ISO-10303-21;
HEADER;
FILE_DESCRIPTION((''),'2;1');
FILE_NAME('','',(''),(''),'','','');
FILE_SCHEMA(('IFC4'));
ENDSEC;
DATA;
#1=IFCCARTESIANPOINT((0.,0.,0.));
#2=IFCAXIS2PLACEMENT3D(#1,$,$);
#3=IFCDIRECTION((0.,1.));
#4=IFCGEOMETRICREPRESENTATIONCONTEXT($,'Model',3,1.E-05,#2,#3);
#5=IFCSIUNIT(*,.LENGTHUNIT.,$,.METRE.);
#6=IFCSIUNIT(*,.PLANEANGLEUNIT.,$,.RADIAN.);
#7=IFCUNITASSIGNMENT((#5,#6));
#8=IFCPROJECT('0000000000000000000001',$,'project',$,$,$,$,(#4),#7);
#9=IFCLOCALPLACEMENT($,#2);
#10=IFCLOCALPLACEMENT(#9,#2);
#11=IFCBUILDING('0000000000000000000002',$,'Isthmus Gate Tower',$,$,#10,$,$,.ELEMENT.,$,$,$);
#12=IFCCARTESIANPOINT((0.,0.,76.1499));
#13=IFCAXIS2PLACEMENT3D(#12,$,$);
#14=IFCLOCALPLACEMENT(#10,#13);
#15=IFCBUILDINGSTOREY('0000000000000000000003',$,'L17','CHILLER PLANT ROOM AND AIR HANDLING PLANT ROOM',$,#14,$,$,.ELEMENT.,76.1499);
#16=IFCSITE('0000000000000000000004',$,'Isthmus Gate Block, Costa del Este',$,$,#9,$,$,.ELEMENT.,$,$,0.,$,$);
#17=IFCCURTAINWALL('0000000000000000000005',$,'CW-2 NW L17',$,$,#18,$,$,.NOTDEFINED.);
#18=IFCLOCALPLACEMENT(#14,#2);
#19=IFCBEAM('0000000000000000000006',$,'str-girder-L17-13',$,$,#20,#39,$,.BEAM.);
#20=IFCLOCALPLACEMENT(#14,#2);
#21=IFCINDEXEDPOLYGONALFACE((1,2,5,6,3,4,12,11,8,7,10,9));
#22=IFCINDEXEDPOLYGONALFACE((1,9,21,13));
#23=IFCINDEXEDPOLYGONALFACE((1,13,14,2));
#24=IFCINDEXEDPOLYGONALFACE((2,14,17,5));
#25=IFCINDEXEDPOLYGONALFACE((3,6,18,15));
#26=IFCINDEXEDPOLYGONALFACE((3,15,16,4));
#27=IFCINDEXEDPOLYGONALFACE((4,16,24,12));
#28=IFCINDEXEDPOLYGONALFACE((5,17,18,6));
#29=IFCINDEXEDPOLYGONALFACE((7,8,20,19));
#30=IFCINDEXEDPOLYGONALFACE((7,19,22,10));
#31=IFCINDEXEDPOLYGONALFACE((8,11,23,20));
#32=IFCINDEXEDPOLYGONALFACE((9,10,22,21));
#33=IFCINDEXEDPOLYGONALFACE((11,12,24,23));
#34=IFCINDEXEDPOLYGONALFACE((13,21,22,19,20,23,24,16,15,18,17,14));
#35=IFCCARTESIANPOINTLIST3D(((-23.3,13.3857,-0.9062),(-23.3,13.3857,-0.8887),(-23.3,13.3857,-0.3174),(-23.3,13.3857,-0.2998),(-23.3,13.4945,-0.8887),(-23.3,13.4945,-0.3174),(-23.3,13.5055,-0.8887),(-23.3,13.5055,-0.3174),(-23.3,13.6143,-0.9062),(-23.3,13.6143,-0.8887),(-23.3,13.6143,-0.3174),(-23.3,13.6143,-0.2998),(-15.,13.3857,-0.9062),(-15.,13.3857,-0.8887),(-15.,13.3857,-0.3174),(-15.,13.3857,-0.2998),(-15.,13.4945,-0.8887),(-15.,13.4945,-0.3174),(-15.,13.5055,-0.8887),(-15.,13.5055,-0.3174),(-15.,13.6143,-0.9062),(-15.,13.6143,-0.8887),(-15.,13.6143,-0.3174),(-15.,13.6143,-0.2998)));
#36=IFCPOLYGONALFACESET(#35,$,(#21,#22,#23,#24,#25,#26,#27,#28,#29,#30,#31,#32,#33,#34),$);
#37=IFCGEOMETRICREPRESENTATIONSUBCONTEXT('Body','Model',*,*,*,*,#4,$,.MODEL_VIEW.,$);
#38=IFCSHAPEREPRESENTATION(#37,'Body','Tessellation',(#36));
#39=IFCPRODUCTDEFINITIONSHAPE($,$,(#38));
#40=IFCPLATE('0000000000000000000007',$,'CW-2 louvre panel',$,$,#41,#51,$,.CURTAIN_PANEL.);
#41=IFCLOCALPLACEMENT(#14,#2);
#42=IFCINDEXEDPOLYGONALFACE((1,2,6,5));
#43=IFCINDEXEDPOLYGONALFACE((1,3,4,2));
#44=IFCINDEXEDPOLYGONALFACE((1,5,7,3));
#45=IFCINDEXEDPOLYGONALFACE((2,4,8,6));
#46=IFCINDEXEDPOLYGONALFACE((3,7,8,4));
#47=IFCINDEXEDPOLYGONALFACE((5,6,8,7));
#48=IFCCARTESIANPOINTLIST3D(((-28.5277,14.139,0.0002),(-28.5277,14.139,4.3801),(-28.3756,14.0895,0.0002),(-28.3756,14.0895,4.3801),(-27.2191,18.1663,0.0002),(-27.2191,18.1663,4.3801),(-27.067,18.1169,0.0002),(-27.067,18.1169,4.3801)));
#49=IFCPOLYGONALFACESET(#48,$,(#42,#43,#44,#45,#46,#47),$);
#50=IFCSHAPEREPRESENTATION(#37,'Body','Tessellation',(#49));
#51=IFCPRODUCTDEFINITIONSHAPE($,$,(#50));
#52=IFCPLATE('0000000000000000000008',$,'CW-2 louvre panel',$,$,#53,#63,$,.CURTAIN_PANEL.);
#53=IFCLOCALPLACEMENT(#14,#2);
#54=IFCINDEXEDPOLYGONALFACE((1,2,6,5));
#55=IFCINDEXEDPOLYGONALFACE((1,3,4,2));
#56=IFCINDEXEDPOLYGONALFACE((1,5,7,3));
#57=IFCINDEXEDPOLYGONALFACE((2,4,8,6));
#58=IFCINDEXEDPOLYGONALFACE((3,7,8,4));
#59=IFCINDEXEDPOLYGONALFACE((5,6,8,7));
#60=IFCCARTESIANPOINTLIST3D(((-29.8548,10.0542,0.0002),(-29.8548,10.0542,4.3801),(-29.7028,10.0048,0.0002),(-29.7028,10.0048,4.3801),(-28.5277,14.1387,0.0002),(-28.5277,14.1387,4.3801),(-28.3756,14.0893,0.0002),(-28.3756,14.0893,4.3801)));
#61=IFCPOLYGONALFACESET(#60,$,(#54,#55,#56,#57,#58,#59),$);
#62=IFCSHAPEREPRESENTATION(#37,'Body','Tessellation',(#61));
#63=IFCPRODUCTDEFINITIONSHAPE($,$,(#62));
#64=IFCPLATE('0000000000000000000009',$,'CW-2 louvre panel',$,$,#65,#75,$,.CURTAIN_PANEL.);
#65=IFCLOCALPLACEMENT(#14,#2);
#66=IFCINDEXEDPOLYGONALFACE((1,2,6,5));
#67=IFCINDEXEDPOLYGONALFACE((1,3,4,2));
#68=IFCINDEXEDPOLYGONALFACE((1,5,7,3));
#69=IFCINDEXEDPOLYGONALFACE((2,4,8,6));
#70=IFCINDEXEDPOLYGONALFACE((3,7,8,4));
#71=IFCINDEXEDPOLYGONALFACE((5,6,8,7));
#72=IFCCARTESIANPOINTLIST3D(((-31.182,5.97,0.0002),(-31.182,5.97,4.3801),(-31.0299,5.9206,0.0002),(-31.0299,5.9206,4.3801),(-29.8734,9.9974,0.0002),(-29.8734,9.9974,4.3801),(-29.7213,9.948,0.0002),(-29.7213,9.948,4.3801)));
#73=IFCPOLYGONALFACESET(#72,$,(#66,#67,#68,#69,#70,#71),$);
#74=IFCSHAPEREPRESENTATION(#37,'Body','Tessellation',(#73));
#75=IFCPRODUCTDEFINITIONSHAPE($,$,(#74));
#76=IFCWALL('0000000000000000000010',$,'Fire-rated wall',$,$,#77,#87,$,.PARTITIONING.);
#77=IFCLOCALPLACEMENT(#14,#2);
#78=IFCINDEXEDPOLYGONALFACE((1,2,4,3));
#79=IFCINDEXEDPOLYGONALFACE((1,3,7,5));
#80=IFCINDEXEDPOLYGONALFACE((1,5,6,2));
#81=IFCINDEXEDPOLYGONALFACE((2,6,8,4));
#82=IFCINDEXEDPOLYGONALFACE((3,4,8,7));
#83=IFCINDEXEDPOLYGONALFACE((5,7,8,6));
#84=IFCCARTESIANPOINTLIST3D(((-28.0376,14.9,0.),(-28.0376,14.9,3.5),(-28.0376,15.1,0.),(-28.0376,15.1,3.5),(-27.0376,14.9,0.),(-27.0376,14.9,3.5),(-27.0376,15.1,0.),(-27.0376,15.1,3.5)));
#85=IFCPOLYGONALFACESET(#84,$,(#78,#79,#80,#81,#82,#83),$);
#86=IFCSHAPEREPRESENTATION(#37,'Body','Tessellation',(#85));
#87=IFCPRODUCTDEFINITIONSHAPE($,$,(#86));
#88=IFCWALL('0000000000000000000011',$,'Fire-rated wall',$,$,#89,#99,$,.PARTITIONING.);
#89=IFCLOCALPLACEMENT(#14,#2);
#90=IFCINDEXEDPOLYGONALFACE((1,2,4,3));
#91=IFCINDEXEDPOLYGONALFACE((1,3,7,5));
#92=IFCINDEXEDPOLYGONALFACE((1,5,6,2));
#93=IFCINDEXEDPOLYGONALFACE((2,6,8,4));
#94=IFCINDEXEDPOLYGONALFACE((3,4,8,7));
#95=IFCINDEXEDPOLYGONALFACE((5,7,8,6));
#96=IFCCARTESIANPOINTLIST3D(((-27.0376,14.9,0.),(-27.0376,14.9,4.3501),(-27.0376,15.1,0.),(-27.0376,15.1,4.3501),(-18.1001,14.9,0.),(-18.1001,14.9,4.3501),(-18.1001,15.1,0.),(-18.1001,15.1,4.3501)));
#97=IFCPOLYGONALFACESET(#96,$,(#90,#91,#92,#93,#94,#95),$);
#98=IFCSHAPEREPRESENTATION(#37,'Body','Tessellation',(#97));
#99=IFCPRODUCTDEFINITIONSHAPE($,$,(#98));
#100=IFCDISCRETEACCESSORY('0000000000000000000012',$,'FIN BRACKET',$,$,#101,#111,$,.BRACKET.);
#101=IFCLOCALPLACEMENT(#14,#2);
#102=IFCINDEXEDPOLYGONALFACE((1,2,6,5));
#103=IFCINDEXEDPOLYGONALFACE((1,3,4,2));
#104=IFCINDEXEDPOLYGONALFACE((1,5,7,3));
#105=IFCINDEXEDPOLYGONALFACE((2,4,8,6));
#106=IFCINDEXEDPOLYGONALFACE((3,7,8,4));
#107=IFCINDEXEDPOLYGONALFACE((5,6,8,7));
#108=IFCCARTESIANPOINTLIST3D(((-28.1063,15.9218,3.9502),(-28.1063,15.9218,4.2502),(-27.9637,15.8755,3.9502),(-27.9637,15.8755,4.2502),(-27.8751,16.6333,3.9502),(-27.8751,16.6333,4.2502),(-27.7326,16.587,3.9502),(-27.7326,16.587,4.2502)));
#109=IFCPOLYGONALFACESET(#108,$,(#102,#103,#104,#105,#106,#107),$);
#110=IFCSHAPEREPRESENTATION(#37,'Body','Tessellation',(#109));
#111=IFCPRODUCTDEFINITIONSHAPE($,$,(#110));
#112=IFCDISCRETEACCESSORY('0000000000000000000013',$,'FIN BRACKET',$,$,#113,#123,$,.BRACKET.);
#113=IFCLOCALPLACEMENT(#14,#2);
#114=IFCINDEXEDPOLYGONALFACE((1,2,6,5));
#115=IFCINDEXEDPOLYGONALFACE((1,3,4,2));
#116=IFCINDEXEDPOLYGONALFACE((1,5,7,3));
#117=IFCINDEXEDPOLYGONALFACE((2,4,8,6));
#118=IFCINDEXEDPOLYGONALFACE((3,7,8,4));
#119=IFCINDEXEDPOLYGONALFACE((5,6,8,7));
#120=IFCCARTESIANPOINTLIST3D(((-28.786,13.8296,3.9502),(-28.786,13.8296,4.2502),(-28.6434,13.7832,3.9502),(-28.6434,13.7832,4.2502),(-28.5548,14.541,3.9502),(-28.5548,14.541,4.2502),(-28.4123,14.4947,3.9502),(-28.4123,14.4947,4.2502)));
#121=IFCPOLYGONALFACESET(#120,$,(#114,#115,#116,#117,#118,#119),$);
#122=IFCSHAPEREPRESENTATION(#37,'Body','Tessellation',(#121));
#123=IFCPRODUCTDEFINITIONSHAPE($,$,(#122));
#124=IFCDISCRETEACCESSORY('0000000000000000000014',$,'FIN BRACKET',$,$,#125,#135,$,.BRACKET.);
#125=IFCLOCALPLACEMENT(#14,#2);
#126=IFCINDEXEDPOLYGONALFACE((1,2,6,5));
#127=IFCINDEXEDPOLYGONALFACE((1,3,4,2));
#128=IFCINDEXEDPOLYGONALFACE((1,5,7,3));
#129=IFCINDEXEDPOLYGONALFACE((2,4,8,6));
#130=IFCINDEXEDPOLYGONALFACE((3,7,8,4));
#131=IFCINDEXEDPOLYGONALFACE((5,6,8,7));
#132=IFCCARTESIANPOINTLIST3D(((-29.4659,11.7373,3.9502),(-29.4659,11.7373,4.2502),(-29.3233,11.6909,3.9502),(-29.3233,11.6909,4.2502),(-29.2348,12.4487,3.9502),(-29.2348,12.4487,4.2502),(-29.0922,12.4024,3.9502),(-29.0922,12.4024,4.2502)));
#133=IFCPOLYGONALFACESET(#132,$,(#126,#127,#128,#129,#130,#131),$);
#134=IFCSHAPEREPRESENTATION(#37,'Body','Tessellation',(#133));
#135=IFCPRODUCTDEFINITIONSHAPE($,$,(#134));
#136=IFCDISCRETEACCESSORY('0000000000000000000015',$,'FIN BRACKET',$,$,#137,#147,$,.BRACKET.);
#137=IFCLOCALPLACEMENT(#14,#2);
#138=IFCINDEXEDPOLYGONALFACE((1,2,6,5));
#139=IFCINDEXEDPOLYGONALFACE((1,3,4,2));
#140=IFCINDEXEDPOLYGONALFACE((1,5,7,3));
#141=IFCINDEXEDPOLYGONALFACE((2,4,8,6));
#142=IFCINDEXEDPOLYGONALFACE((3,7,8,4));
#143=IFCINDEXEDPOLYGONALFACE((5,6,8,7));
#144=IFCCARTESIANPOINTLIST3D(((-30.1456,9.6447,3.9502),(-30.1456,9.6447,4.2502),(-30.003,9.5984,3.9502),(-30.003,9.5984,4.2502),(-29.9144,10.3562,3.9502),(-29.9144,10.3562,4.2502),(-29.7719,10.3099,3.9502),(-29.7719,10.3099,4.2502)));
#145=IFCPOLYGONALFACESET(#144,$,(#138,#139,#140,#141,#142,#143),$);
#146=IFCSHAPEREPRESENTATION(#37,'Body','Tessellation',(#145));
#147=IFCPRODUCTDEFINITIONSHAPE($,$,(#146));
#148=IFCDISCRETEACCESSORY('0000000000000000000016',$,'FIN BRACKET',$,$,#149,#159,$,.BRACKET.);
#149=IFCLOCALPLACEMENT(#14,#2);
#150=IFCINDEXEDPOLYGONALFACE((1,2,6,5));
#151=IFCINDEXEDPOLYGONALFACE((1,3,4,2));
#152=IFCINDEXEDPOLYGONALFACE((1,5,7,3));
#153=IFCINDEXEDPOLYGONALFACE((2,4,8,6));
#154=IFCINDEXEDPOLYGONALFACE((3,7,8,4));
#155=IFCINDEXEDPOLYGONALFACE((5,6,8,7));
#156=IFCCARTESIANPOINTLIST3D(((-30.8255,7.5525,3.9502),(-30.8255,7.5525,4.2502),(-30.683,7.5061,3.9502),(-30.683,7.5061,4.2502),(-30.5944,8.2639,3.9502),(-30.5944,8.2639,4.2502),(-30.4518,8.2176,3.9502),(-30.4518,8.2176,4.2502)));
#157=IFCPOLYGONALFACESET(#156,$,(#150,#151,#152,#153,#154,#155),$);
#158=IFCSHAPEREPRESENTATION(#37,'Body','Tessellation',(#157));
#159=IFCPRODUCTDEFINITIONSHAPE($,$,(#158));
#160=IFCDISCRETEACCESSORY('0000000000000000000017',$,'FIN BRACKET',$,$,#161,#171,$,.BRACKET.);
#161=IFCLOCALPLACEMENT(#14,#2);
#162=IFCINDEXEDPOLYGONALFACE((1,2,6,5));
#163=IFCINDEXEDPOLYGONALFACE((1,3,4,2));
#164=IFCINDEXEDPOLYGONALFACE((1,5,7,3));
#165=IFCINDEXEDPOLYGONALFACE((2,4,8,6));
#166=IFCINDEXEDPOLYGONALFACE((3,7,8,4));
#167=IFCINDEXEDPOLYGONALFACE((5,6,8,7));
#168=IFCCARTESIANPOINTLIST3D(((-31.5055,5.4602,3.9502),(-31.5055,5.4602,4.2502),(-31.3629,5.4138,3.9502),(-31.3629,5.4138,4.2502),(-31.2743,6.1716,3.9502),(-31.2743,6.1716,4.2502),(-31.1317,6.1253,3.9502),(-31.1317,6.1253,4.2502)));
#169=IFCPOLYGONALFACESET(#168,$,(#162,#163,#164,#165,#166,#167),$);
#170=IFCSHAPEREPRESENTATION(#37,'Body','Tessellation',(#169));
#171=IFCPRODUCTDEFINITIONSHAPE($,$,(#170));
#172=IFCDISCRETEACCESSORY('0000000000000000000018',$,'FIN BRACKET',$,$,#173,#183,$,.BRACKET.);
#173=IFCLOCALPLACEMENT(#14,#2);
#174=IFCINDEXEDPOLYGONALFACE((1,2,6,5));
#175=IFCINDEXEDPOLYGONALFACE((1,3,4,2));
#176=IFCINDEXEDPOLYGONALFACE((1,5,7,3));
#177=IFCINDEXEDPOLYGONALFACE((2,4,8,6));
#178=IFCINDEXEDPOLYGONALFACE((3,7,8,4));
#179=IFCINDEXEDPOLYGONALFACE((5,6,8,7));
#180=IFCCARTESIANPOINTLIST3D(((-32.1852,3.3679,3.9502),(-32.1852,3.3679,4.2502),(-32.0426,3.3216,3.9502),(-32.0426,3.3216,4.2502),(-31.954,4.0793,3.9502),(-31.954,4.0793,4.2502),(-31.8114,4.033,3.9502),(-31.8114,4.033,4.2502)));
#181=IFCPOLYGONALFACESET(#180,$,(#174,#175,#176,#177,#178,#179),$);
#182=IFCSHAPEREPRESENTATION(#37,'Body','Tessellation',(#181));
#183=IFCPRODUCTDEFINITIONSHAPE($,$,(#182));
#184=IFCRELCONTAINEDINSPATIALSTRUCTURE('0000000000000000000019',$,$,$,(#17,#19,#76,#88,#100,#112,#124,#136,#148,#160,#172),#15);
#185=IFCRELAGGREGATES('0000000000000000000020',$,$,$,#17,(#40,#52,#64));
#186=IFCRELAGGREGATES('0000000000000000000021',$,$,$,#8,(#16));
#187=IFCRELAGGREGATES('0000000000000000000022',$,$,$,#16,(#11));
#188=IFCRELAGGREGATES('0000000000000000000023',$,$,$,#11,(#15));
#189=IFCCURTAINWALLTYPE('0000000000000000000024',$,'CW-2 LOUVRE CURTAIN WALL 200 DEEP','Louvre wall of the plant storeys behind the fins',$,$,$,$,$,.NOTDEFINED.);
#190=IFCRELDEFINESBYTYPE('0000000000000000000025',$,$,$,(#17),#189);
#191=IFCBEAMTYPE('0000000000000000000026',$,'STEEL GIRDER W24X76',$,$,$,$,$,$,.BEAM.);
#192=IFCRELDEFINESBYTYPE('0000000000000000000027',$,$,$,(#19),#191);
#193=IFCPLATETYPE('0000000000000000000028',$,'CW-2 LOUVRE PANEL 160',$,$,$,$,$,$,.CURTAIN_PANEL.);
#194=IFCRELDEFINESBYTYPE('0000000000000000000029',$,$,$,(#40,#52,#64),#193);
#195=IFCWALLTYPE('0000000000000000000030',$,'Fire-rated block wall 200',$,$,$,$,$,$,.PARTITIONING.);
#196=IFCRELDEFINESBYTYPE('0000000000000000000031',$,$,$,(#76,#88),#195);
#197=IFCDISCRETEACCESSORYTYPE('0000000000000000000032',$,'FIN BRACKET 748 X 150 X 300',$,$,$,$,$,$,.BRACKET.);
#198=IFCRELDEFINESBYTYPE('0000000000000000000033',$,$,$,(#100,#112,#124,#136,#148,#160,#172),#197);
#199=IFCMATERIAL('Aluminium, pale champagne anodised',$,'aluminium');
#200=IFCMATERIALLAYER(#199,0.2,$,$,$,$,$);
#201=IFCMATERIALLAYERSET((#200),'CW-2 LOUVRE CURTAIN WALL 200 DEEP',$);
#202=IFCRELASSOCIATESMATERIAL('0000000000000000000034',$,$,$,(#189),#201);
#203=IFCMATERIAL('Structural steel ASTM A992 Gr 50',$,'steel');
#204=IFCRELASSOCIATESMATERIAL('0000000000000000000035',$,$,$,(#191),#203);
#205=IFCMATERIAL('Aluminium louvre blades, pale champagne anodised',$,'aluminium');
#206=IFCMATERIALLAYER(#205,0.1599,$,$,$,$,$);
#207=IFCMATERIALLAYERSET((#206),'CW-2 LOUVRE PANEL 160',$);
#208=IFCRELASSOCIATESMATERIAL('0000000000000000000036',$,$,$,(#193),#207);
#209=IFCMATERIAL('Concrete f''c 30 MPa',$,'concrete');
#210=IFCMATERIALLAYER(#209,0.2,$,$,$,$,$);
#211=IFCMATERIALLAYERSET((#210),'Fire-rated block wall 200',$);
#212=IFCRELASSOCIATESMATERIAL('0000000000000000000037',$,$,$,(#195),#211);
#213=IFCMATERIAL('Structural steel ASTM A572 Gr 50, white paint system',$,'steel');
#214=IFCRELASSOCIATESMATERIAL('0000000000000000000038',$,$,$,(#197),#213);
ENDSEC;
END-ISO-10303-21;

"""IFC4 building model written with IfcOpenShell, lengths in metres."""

from ifc_helpers import new_model, si_unit, direction, frame, frame_2d, origin, origin_2d, place, context, subcontext, project, spatial, rectangle, i_section, extrude, material, layer, layer_set, material_profile, profile_set, type_object, element, aggregate, save


model = new_model("IFC4")

# Units and contexts
model_context = context("Model", 3, precision=1e-05, world=origin(), true_north=direction((0.0, 1.0)))
body_context = subcontext(model_context, "Body", "Model", "MODEL_VIEW")
ifc_project = project(units=[si_unit("LENGTHUNIT", "METRE"), si_unit("PLANEANGLEUNIT", "RADIAN")], contexts=[model_context])

# Site, building, storey
site_placement = place(None, origin())
site = spatial("IfcSite", under=ifc_project, at=site_placement, Name="Isthmus Gate Block, Costa del Este", CompositionType="ELEMENT", RefElevation=0.0)
building_placement = place(site_placement, origin())
building = spatial("IfcBuilding", under=site, at=building_placement, Name="Isthmus Gate Tower", CompositionType="ELEMENT")
storey_placement = place(building_placement, frame((0.0, 0.0, 76.1499)))
storey = spatial("IfcBuildingStorey", under=building, at=storey_placement, Name="L17", Description="CHILLER PLANT ROOM AND AIR HANDLING PLANT ROOM", CompositionType="ELEMENT", Elevation=76.1499)

# Curtain wall
ifc_material_1 = material(Name="Aluminium, pale champagne anodised", Category="aluminium")
ifc_layer_1 = layer(ifc_material_1, 0.2)
ifc_layer_set_1 = layer_set([ifc_layer_1], Name="CW-2 LOUVRE CURTAIN WALL 200 DEEP")
curtain_wall_type = type_object("IfcCurtainWallType", Name="CW-2 LOUVRE CURTAIN WALL 200 DEEP", Description="Louvre wall of the plant storeys behind the fins", PredefinedType="NOTDEFINED", material=ifc_layer_set_1)
curtain_wall_placement = place(storey_placement, origin())
curtain_wall = element("IfcCurtainWall", 1, at=curtain_wall_placement, inside=storey, type_object=curtain_wall_type, Name="CW-2 NW L17", PredefinedType="NOTDEFINED")

# Beam
ifc_material_2 = material(Name="Structural steel ASTM A992 Gr 50", Category="steel")
ifc_material_profile_1 = material_profile(ifc_material_2, i_section(OverallWidth=0.2285, OverallDepth=0.6064, WebThickness=0.011, FlangeThickness=0.0176, at=origin_2d()), Name="W24X76")
ifc_profile_set_1 = profile_set([ifc_material_profile_1], Name="Structural steel ASTM A992 Gr 50")
beam_type_1 = type_object("IfcBeamType", Name="STEEL GIRDER W24X76", PredefinedType="BEAM", material=ifc_profile_set_1)
for number, where, z_axis, x_axis, name in (
    (2, (-23.3, 13.5, -0.603), (1.0, 0.0, 0.0), (0.0, 1.0, 0.0), "str-girder-L17-13"),
):
    element("IfcBeam", number, at=place(storey_placement, frame(where, z_axis=z_axis, x_axis=x_axis)), inside=storey, type_object=beam_type_1, Name=name, PredefinedType="BEAM", context=body_context, shape_type="SweptSolid", body=[
        extrude(i_section(OverallWidth=0.2285, OverallDepth=0.6064, WebThickness=0.011, FlangeThickness=0.0176, at=origin_2d()), origin(), (0.0, 0.0, 1.0), 8.3),
    ])

# Plates
ifc_material_3 = material(Name="Aluminium louvre blades, pale champagne anodised", Category="aluminium")
ifc_layer_2 = layer(ifc_material_3, 0.1599)
ifc_layer_set_2 = layer_set([ifc_layer_2], Name="CW-2 LOUVRE PANEL 160")
plate_type = type_object("IfcPlateType", Name="CW-2 LOUVRE PANEL 160", PredefinedType="CURTAIN_PANEL", material=ifc_layer_set_2)
plate_1_placement = place(storey_placement, frame((-27.7974, 16.1279, 0.0002), z_axis=(0.0, 0.0, 1.0), x_axis=(-0.309017, -0.951057, 0.0)))
plate_1 = element("IfcPlate", 3, at=plate_1_placement, type_object=plate_type, Name="CW-2 louvre panel", PredefinedType="CURTAIN_PANEL", context=body_context, shape_type="SweptSolid", body=[
    extrude(rectangle(XDim=4.2346, YDim=0.1599, at=origin_2d()), origin(), (0.0, 0.0, 1.0), 4.3799),
])
plate_2_placement = place(storey_placement, frame((-29.1152, 12.0718, 0.0002), z_axis=(0.0, 0.0, 1.0), x_axis=(-0.309017, -0.951057, 0.0)))
plate_2 = element("IfcPlate", 4, at=plate_2_placement, type_object=plate_type, Name="CW-2 louvre panel", PredefinedType="CURTAIN_PANEL", context=body_context, shape_type="SweptSolid", body=[
    extrude(rectangle(XDim=4.2947, YDim=0.1599, at=origin_2d()), origin(), (0.0, 0.0, 1.0), 4.3799),
])
plate_3_placement = place(storey_placement, frame((-30.4517, 7.959, 0.0002), z_axis=(0.0, 0.0, 1.0), x_axis=(-0.309017, -0.951057, 0.0)))
plate_3 = element("IfcPlate", 5, at=plate_3_placement, type_object=plate_type, Name="CW-2 louvre panel", PredefinedType="CURTAIN_PANEL", context=body_context, shape_type="SweptSolid", body=[
    extrude(rectangle(XDim=4.2346, YDim=0.1599, at=origin_2d()), origin(), (0.0, 0.0, 1.0), 4.3799),
])
aggregate(curtain_wall, [plate_1, plate_2, plate_3])

# Walls
ifc_material_4 = material(Name="Concrete f'c 30 MPa", Category="concrete")
ifc_layer_3 = layer(ifc_material_4, 0.2)
ifc_layer_set_3 = layer_set([ifc_layer_3], Name="Fire-rated block wall 200")
wall_type = type_object("IfcWallType", Name="Fire-rated block wall 200", PredefinedType="PARTITIONING", material=ifc_layer_set_3)
wall_1_placement = place(storey_placement, frame((-28.0376, 15.0, 0.0), z_axis=(0.0, 0.0, 1.0), x_axis=(1.0, 0.0, 0.0)))
element("IfcWall", 6, at=wall_1_placement, inside=storey, type_object=wall_type, Name="Fire-rated wall", PredefinedType="PARTITIONING", context=body_context, shape_type="SweptSolid", body=[
    extrude(rectangle(XDim=1.0, YDim=0.2, at=frame_2d((0.5, 0.0))), origin(), (0.0, 0.0, 1.0), 3.5),
])
wall_2_placement = place(storey_placement, frame((-27.0376, 15.0, 0.0), z_axis=(0.0, 0.0, 1.0), x_axis=(1.0, 0.0, 0.0)))
element("IfcWall", 7, at=wall_2_placement, inside=storey, type_object=wall_type, Name="Fire-rated wall", PredefinedType="PARTITIONING", context=body_context, shape_type="SweptSolid", body=[
    extrude(rectangle(XDim=8.9375, YDim=0.2, at=frame_2d((4.4688, 0.0))), origin(), (0.0, 0.0, 1.0), 4.3501),
])

# Discrete accessories
ifc_material_5 = material(Name="Structural steel ASTM A572 Gr 50, white paint system", Category="steel")
discrete_accessory_type = type_object("IfcDiscreteAccessoryType", Name="FIN BRACKET 748 X 150 X 300", PredefinedType="BRACKET", material=ifc_material_5)
for number, where, z_axis, x_axis, name in (
    (8, (-27.9194, 16.2544, 3.9502), (0.0, 0.0, 1.0), (-0.951057, 0.309017, 0.0), "FIN BRACKET"),
    (9, (-28.5991, 14.1621, 3.9502), (0.0, 0.0, 1.0), (-0.951057, 0.309017, 0.0), "FIN BRACKET"),
    (10, (-29.2791, 12.0698, 3.9502), (0.0, 0.0, 1.0), (-0.951057, 0.309017, 0.0), "FIN BRACKET"),
    (11, (-29.9587, 9.9773, 3.9502), (0.0, 0.0, 1.0), (-0.951057, 0.309017, 0.0), "FIN BRACKET"),
    (12, (-30.6387, 7.885, 3.9502), (0.0, 0.0, 1.0), (-0.951057, 0.309017, 0.0), "FIN BRACKET"),
    (13, (-31.3186, 5.7927, 3.9502), (0.0, 0.0, 1.0), (-0.951057, 0.309017, 0.0), "FIN BRACKET"),
    (14, (-31.9983, 3.7004, 3.9502), (0.0, 0.0, 1.0), (-0.951057, 0.309017, 0.0), "FIN BRACKET"),
):
    element("IfcDiscreteAccessory", number, at=place(storey_placement, frame(where, z_axis=z_axis, x_axis=x_axis)), inside=storey, type_object=discrete_accessory_type, Name=name, PredefinedType="BRACKET", context=body_context, shape_type="SweptSolid", body=[
        extrude(rectangle(XDim=0.1499, YDim=0.748, at=origin_2d()), origin(), (0.0, 0.0, 1.0), 0.3),
    ])

save(model, "model.ifc")
